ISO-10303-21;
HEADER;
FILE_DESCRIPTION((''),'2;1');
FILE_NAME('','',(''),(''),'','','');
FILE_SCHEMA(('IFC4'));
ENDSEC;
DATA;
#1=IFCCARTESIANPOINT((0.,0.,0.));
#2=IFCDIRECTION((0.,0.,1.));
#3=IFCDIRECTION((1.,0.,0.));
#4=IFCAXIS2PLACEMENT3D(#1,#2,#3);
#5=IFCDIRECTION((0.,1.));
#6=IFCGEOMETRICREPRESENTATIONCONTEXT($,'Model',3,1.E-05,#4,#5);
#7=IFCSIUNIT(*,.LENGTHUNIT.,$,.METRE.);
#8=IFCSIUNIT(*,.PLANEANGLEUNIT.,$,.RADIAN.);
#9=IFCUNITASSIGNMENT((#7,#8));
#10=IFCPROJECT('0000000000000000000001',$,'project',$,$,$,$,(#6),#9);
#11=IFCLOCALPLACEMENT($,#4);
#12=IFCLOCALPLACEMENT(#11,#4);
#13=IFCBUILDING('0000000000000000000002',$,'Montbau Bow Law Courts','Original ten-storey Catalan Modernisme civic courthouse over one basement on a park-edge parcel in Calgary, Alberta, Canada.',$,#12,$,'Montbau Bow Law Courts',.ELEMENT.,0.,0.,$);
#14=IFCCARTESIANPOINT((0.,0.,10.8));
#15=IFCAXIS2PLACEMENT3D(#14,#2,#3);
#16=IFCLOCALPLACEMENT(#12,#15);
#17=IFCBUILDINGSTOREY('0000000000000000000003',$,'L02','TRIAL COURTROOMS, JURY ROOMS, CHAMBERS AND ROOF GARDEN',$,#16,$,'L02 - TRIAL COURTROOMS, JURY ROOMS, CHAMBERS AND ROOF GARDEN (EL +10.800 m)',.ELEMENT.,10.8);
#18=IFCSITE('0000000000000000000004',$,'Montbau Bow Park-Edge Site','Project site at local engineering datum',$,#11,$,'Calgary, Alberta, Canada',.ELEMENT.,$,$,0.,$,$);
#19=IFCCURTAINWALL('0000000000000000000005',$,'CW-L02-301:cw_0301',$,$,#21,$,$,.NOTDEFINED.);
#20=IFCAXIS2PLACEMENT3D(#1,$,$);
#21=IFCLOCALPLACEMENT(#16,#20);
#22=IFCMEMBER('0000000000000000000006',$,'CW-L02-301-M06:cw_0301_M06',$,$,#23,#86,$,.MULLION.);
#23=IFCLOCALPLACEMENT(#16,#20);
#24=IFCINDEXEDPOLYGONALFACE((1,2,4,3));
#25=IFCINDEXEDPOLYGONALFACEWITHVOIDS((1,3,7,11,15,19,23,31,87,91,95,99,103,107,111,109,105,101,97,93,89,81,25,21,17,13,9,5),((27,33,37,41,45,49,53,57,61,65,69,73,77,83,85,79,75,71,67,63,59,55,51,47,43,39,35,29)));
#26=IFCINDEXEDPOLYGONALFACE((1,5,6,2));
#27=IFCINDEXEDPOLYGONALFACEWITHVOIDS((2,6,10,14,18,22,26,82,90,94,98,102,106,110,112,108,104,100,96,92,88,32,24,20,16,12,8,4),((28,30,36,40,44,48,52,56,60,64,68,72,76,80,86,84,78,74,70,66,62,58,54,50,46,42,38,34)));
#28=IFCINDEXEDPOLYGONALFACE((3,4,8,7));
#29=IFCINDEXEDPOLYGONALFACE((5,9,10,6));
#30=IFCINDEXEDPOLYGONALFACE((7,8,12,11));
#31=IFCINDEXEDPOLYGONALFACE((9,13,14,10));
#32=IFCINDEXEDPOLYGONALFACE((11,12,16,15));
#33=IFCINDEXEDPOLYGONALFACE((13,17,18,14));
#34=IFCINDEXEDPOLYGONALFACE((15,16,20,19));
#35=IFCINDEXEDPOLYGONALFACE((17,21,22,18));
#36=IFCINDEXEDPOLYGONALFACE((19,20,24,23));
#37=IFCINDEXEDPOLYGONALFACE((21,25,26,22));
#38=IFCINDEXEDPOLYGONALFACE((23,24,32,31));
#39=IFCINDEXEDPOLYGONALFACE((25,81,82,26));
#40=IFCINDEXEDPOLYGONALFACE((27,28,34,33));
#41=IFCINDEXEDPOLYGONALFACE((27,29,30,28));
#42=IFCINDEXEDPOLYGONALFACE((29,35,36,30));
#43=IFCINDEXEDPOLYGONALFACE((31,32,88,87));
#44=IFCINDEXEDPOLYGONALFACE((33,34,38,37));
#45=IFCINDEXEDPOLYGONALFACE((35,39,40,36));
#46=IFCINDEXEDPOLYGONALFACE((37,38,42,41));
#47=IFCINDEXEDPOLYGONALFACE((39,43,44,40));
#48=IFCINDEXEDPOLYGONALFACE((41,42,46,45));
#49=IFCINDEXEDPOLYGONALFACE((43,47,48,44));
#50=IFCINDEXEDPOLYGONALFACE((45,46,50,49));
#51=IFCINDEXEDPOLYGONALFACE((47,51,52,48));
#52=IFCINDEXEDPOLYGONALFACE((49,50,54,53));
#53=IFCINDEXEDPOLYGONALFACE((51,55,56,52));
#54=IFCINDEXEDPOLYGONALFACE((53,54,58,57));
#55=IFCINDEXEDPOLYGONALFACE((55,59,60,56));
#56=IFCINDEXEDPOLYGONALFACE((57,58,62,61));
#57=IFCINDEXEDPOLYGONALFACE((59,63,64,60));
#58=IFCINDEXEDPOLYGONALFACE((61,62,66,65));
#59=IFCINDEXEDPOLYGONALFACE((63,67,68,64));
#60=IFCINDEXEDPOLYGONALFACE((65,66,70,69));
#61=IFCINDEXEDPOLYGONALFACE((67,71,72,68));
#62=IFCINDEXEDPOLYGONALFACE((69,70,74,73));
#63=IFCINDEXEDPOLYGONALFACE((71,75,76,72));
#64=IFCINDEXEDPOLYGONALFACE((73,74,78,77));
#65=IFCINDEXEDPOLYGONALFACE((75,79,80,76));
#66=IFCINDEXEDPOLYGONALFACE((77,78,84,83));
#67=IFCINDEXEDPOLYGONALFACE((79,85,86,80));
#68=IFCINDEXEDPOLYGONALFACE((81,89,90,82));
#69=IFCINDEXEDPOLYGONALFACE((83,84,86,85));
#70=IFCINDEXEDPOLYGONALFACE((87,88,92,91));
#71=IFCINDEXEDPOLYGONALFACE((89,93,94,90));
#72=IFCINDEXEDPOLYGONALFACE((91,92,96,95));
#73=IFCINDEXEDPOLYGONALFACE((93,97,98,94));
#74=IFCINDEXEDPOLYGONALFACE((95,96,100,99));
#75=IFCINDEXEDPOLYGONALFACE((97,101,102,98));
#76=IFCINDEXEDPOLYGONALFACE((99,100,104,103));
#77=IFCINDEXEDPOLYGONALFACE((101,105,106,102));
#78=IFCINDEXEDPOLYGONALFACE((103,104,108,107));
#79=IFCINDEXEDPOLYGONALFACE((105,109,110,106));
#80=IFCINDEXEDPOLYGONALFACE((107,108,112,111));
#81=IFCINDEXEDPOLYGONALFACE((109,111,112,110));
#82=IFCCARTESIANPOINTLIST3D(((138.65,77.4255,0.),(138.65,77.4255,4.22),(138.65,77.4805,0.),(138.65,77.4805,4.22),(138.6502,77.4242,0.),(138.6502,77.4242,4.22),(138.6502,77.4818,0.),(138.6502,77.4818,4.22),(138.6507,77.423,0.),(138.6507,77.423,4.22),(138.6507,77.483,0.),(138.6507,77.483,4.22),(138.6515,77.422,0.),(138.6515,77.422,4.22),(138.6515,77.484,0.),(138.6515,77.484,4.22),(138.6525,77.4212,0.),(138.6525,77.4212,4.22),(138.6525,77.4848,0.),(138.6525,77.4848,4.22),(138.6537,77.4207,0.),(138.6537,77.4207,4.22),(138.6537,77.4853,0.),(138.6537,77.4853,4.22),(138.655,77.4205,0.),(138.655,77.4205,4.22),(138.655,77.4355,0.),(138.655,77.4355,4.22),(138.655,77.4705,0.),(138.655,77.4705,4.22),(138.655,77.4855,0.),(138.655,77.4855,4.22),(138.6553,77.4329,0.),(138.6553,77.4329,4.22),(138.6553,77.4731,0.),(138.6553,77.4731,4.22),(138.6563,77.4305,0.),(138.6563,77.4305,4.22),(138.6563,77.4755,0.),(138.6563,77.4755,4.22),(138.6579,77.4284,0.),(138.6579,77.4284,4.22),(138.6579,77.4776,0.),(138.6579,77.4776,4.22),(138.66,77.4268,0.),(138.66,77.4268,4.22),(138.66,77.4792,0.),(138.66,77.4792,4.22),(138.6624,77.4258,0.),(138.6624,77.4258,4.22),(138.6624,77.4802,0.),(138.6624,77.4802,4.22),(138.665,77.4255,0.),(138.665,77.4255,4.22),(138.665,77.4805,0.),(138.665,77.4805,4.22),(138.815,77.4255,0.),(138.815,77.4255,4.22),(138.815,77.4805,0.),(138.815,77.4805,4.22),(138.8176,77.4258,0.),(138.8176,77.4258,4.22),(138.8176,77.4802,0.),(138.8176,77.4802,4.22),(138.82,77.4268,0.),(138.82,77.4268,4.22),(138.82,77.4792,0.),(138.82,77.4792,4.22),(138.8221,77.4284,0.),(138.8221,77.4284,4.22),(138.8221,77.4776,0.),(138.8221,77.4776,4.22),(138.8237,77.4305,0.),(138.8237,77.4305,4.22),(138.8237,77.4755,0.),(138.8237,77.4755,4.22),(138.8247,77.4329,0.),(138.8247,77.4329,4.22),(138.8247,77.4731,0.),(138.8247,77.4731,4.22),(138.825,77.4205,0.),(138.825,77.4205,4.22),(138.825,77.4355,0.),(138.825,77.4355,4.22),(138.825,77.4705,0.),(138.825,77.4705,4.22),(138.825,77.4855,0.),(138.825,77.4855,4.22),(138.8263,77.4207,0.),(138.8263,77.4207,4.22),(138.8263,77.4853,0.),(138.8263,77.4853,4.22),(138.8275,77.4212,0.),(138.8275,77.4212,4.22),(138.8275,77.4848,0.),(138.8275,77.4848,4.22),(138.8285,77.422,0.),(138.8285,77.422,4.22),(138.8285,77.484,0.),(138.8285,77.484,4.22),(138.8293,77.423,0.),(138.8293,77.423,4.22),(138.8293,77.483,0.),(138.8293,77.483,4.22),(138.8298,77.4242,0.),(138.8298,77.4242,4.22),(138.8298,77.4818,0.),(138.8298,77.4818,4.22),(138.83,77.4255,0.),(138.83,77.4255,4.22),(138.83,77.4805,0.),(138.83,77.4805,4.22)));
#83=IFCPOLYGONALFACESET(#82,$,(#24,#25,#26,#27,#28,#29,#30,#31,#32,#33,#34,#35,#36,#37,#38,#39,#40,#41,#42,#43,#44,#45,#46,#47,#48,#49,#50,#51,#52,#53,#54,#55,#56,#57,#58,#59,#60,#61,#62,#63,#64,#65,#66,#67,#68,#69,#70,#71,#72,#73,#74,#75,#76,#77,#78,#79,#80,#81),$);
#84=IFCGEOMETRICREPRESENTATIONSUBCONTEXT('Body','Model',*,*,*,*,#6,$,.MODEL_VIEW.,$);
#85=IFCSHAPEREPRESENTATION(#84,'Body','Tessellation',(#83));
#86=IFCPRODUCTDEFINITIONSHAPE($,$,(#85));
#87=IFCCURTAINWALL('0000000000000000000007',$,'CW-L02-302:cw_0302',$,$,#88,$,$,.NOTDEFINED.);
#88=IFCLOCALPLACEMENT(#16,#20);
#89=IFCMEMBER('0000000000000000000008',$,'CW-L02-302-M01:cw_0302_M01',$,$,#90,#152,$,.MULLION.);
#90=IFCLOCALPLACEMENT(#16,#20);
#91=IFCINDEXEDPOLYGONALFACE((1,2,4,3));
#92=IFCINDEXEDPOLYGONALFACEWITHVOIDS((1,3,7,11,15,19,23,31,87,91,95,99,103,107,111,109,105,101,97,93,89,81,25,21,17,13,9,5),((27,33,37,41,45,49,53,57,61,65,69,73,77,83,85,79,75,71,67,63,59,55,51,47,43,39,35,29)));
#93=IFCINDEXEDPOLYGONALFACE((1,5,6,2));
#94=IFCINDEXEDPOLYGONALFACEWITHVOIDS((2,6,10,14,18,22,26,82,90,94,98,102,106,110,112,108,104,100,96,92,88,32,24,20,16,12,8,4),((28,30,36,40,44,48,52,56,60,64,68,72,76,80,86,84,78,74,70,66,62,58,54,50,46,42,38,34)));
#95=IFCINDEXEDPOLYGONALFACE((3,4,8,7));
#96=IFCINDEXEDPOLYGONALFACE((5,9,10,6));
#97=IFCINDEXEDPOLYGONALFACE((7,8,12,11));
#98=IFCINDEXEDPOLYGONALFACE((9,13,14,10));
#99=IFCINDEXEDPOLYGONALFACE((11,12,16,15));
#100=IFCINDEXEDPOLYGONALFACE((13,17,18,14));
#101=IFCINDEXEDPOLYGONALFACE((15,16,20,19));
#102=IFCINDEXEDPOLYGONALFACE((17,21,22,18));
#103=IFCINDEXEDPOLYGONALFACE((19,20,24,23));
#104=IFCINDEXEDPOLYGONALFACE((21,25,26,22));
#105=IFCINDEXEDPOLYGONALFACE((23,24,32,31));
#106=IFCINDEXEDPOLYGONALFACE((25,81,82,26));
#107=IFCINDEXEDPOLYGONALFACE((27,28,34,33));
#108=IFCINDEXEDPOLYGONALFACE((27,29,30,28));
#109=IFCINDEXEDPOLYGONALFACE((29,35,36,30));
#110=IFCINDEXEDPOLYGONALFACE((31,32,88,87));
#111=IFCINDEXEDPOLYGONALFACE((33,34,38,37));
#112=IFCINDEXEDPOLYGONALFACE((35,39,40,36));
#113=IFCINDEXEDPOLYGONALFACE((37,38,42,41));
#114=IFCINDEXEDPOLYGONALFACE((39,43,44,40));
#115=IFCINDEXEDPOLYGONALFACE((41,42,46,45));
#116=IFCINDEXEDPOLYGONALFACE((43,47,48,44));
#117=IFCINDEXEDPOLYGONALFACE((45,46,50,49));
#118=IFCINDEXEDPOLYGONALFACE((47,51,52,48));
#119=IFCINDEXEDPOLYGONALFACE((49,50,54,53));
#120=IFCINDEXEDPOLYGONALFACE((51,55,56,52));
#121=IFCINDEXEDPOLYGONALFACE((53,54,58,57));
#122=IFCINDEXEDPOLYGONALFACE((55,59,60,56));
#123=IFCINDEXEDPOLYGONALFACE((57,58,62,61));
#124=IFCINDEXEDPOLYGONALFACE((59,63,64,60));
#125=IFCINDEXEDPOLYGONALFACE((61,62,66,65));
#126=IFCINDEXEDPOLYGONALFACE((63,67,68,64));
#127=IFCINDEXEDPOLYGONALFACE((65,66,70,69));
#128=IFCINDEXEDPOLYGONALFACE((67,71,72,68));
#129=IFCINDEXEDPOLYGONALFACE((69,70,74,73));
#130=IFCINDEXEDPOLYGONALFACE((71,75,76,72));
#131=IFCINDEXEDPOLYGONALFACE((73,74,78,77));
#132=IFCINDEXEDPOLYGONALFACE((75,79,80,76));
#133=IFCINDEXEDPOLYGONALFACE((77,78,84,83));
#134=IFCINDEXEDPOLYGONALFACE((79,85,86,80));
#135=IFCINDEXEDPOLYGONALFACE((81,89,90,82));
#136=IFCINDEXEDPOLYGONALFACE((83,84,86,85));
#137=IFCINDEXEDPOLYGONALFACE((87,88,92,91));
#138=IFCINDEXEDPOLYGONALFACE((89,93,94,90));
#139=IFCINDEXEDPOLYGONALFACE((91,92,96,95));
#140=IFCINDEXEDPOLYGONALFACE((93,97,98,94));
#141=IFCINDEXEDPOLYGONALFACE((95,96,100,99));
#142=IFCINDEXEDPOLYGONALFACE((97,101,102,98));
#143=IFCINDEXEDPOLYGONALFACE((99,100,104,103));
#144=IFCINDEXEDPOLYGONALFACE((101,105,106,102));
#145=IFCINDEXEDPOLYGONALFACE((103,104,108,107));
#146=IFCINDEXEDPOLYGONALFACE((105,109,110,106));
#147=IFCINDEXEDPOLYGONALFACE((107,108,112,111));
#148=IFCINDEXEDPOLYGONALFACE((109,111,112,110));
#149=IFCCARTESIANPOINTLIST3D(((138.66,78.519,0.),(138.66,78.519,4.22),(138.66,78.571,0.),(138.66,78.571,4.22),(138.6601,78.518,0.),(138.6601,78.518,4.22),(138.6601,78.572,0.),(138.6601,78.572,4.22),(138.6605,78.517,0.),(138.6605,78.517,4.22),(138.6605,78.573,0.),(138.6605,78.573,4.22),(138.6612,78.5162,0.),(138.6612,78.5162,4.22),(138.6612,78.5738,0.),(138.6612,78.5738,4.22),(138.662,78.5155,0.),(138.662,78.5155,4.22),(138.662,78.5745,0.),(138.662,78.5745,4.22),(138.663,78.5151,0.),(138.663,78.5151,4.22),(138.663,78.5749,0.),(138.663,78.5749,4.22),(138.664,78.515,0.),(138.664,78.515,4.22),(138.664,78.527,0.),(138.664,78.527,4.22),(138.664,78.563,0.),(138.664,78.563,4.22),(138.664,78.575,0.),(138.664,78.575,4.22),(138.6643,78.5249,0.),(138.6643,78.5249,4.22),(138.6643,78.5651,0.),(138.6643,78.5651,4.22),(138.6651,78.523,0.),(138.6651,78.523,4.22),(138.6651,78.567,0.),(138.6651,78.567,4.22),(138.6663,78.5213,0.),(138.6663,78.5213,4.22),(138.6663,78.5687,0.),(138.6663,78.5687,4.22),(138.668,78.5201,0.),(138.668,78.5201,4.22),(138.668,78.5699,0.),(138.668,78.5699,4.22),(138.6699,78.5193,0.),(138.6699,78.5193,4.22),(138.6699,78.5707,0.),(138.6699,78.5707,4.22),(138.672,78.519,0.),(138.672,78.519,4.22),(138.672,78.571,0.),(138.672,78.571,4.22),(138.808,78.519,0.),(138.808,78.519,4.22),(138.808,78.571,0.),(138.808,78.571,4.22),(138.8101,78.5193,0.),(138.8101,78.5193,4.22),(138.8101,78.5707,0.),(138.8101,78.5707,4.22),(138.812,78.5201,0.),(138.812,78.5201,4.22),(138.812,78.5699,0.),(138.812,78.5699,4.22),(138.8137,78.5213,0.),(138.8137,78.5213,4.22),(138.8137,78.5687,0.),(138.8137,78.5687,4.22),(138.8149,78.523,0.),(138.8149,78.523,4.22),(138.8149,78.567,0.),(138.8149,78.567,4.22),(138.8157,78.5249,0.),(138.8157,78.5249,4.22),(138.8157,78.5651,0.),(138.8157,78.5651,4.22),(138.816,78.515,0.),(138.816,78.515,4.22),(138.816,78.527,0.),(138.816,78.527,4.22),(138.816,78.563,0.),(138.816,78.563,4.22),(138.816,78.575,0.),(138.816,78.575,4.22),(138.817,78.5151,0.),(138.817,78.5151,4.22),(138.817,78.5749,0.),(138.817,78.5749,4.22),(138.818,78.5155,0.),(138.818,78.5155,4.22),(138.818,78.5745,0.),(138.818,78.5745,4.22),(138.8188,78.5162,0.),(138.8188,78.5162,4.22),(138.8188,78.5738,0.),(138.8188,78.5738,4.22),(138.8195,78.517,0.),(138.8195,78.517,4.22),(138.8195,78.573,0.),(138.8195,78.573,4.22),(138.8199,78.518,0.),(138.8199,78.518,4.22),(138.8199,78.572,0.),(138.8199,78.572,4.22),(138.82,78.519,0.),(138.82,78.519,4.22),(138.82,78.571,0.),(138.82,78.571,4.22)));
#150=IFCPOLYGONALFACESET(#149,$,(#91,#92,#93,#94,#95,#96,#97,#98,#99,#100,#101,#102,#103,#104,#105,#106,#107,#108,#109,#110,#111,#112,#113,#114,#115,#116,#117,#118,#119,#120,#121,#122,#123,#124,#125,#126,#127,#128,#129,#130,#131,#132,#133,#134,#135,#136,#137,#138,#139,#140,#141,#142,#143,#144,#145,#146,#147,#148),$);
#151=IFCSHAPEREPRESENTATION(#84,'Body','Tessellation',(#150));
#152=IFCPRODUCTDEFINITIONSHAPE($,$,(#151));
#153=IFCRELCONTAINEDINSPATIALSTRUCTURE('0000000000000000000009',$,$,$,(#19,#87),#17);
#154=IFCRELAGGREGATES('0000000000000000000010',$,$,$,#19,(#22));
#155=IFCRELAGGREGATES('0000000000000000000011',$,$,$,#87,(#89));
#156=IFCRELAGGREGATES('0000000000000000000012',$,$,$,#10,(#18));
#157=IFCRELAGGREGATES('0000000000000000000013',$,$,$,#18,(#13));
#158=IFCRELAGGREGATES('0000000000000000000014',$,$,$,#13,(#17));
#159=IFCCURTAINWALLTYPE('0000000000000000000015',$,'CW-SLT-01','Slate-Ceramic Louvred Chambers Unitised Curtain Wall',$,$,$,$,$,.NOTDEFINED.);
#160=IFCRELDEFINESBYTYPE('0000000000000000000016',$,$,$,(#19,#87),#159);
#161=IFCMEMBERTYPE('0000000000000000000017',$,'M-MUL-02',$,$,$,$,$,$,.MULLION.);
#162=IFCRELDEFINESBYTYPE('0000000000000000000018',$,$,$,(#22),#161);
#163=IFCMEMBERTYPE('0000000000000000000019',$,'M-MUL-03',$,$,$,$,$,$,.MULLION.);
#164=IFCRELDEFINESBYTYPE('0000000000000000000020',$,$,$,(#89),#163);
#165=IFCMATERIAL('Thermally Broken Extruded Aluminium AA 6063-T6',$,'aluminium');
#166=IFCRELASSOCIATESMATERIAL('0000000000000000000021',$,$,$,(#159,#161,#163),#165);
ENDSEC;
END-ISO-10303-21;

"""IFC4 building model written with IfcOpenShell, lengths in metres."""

from ifc_helpers import new_model, si_unit, direction, frame, origin_with_axes, origin_2d_with_axis, place, context, subcontext, project, spatial, hollow_rectangle, extrude, material, material_profile, profile_set, type_object, element, aggregate, save


model = new_model("IFC4")

# Units and contexts
model_context = context("Model", 3, precision=1e-05, world=origin_with_axes(), true_north=direction((0.0, 1.0)))
body_context = subcontext(model_context, "Body", "Model", "MODEL_VIEW")
ifc_project = project(units=[si_unit("LENGTHUNIT", "METRE"), si_unit("PLANEANGLEUNIT", "RADIAN")], contexts=[model_context])

# Site, building, storey
site_placement = place(None, origin_with_axes())
site = spatial("IfcSite", under=ifc_project, at=site_placement, Name="Montbau Bow Park-Edge Site", Description="Project site at local engineering datum", LongName="Calgary, Alberta, Canada", CompositionType="ELEMENT", RefElevation=0.0)
building_placement = place(site_placement, origin_with_axes())
building = spatial("IfcBuilding", under=site, at=building_placement, Name="Montbau Bow Law Courts", Description="Original ten-storey Catalan Modernisme civic courthouse over one basement on a park-edge parcel in Calgary, Alberta, Canada.", LongName="Montbau Bow Law Courts", CompositionType="ELEMENT", ElevationOfRefHeight=0.0, ElevationOfTerrain=0.0)
storey_placement = place(building_placement, frame((0.0, 0.0, 10.8), z_axis=(0.0, 0.0, 1.0), x_axis=(1.0, 0.0, 0.0)))
storey = spatial("IfcBuildingStorey", under=building, at=storey_placement, Name="L02", Description="TRIAL COURTROOMS, JURY ROOMS, CHAMBERS AND ROOF GARDEN", LongName="L02 - TRIAL COURTROOMS, JURY ROOMS, CHAMBERS AND ROOF GARDEN (EL +10.800 m)", CompositionType="ELEMENT", Elevation=10.8)

# Curtain walls, members
ifc_material_1 = material(Name="Thermally Broken Extruded Aluminium AA 6063-T6", Category="aluminium")
curtain_wall_type = type_object("IfcCurtainWallType", Name="CW-SLT-01", Description="Slate-Ceramic Louvred Chambers Unitised Curtain Wall", PredefinedType="NOTDEFINED", material=ifc_material_1)
curtain_wall_1_placement = place(None, frame((138.74, 70.115, 10.8), z_axis=(0.0, 0.0, 1.0), x_axis=(1.0, 0.0, 0.0)))
curtain_wall_1 = element("IfcCurtainWall", 1, at=curtain_wall_1_placement, inside=storey, type_object=curtain_wall_type, Name="CW-L02-301:cw_0301", PredefinedType="NOTDEFINED")
ifc_material_profile_1 = material_profile(ifc_material_1, hollow_rectangle(XDim=0.065, YDim=0.18, WallThickness=0.005, InnerFilletRadius=0.01, OuterFilletRadius=0.005, at=origin_2d_with_axis()), Name="CWM-180X65", Category="Main", Priority=0)
ifc_profile_set_1 = profile_set([ifc_material_profile_1], Name="Thermally Broken Extruded Aluminium AA 6063-T6")
member_type_1 = type_object("IfcMemberType", Name="M-MUL-02", PredefinedType="MULLION", material=ifc_profile_set_1)
member_1_placement = place(None, frame((138.74, 77.453, 10.8), z_axis=(0.0, 0.0, 1.0), x_axis=(0.0, 1.0, 0.0)))
member_1 = element("IfcMember", 2, at=member_1_placement, type_object=member_type_1, Name="CW-L02-301-M06:cw_0301_M06", PredefinedType="MULLION", context=body_context, shape_type="SweptSolid", body=[
    extrude(hollow_rectangle(XDim=0.065, YDim=0.18, WallThickness=0.005, InnerFilletRadius=0.01, OuterFilletRadius=0.005, at=origin_2d_with_axis()), origin_with_axes(), (0.0, 0.0, 1.0), 4.22),
])
curtain_wall_2_placement = place(None, frame((138.74, 78.515, 10.8), z_axis=(0.0, 0.0, 1.0), x_axis=(1.0, 0.0, 0.0)))
curtain_wall_2 = element("IfcCurtainWall", 3, at=curtain_wall_2_placement, inside=storey, type_object=curtain_wall_type, Name="CW-L02-302:cw_0302", PredefinedType="NOTDEFINED")
ifc_material_profile_2 = material_profile(ifc_material_1, hollow_rectangle(XDim=0.06, YDim=0.16, WallThickness=0.004, InnerFilletRadius=0.008, OuterFilletRadius=0.004, at=origin_2d_with_axis()), Name="CWM-160X60", Category="Main", Priority=0)
ifc_profile_set_2 = profile_set([ifc_material_profile_2], Name="Thermally Broken Extruded Aluminium AA 6063-T6")
member_type_2 = type_object("IfcMemberType", Name="M-MUL-03", PredefinedType="MULLION", material=ifc_profile_set_2)
member_2_placement = place(None, frame((138.74, 78.545, 10.8), z_axis=(0.0, 0.0, 1.0), x_axis=(0.0, 1.0, 0.0)))
member_2 = element("IfcMember", 4, at=member_2_placement, type_object=member_type_2, Name="CW-L02-302-M01:cw_0302_M01", PredefinedType="MULLION", context=body_context, shape_type="SweptSolid", body=[
    extrude(hollow_rectangle(XDim=0.06, YDim=0.16, WallThickness=0.004, InnerFilletRadius=0.008, OuterFilletRadius=0.004, at=origin_2d_with_axis()), origin_with_axes(), (0.0, 0.0, 1.0), 4.22),
])

aggregate(curtain_wall_1, [member_1])
aggregate(curtain_wall_2, [member_2])

save(model, "model.ifc")
